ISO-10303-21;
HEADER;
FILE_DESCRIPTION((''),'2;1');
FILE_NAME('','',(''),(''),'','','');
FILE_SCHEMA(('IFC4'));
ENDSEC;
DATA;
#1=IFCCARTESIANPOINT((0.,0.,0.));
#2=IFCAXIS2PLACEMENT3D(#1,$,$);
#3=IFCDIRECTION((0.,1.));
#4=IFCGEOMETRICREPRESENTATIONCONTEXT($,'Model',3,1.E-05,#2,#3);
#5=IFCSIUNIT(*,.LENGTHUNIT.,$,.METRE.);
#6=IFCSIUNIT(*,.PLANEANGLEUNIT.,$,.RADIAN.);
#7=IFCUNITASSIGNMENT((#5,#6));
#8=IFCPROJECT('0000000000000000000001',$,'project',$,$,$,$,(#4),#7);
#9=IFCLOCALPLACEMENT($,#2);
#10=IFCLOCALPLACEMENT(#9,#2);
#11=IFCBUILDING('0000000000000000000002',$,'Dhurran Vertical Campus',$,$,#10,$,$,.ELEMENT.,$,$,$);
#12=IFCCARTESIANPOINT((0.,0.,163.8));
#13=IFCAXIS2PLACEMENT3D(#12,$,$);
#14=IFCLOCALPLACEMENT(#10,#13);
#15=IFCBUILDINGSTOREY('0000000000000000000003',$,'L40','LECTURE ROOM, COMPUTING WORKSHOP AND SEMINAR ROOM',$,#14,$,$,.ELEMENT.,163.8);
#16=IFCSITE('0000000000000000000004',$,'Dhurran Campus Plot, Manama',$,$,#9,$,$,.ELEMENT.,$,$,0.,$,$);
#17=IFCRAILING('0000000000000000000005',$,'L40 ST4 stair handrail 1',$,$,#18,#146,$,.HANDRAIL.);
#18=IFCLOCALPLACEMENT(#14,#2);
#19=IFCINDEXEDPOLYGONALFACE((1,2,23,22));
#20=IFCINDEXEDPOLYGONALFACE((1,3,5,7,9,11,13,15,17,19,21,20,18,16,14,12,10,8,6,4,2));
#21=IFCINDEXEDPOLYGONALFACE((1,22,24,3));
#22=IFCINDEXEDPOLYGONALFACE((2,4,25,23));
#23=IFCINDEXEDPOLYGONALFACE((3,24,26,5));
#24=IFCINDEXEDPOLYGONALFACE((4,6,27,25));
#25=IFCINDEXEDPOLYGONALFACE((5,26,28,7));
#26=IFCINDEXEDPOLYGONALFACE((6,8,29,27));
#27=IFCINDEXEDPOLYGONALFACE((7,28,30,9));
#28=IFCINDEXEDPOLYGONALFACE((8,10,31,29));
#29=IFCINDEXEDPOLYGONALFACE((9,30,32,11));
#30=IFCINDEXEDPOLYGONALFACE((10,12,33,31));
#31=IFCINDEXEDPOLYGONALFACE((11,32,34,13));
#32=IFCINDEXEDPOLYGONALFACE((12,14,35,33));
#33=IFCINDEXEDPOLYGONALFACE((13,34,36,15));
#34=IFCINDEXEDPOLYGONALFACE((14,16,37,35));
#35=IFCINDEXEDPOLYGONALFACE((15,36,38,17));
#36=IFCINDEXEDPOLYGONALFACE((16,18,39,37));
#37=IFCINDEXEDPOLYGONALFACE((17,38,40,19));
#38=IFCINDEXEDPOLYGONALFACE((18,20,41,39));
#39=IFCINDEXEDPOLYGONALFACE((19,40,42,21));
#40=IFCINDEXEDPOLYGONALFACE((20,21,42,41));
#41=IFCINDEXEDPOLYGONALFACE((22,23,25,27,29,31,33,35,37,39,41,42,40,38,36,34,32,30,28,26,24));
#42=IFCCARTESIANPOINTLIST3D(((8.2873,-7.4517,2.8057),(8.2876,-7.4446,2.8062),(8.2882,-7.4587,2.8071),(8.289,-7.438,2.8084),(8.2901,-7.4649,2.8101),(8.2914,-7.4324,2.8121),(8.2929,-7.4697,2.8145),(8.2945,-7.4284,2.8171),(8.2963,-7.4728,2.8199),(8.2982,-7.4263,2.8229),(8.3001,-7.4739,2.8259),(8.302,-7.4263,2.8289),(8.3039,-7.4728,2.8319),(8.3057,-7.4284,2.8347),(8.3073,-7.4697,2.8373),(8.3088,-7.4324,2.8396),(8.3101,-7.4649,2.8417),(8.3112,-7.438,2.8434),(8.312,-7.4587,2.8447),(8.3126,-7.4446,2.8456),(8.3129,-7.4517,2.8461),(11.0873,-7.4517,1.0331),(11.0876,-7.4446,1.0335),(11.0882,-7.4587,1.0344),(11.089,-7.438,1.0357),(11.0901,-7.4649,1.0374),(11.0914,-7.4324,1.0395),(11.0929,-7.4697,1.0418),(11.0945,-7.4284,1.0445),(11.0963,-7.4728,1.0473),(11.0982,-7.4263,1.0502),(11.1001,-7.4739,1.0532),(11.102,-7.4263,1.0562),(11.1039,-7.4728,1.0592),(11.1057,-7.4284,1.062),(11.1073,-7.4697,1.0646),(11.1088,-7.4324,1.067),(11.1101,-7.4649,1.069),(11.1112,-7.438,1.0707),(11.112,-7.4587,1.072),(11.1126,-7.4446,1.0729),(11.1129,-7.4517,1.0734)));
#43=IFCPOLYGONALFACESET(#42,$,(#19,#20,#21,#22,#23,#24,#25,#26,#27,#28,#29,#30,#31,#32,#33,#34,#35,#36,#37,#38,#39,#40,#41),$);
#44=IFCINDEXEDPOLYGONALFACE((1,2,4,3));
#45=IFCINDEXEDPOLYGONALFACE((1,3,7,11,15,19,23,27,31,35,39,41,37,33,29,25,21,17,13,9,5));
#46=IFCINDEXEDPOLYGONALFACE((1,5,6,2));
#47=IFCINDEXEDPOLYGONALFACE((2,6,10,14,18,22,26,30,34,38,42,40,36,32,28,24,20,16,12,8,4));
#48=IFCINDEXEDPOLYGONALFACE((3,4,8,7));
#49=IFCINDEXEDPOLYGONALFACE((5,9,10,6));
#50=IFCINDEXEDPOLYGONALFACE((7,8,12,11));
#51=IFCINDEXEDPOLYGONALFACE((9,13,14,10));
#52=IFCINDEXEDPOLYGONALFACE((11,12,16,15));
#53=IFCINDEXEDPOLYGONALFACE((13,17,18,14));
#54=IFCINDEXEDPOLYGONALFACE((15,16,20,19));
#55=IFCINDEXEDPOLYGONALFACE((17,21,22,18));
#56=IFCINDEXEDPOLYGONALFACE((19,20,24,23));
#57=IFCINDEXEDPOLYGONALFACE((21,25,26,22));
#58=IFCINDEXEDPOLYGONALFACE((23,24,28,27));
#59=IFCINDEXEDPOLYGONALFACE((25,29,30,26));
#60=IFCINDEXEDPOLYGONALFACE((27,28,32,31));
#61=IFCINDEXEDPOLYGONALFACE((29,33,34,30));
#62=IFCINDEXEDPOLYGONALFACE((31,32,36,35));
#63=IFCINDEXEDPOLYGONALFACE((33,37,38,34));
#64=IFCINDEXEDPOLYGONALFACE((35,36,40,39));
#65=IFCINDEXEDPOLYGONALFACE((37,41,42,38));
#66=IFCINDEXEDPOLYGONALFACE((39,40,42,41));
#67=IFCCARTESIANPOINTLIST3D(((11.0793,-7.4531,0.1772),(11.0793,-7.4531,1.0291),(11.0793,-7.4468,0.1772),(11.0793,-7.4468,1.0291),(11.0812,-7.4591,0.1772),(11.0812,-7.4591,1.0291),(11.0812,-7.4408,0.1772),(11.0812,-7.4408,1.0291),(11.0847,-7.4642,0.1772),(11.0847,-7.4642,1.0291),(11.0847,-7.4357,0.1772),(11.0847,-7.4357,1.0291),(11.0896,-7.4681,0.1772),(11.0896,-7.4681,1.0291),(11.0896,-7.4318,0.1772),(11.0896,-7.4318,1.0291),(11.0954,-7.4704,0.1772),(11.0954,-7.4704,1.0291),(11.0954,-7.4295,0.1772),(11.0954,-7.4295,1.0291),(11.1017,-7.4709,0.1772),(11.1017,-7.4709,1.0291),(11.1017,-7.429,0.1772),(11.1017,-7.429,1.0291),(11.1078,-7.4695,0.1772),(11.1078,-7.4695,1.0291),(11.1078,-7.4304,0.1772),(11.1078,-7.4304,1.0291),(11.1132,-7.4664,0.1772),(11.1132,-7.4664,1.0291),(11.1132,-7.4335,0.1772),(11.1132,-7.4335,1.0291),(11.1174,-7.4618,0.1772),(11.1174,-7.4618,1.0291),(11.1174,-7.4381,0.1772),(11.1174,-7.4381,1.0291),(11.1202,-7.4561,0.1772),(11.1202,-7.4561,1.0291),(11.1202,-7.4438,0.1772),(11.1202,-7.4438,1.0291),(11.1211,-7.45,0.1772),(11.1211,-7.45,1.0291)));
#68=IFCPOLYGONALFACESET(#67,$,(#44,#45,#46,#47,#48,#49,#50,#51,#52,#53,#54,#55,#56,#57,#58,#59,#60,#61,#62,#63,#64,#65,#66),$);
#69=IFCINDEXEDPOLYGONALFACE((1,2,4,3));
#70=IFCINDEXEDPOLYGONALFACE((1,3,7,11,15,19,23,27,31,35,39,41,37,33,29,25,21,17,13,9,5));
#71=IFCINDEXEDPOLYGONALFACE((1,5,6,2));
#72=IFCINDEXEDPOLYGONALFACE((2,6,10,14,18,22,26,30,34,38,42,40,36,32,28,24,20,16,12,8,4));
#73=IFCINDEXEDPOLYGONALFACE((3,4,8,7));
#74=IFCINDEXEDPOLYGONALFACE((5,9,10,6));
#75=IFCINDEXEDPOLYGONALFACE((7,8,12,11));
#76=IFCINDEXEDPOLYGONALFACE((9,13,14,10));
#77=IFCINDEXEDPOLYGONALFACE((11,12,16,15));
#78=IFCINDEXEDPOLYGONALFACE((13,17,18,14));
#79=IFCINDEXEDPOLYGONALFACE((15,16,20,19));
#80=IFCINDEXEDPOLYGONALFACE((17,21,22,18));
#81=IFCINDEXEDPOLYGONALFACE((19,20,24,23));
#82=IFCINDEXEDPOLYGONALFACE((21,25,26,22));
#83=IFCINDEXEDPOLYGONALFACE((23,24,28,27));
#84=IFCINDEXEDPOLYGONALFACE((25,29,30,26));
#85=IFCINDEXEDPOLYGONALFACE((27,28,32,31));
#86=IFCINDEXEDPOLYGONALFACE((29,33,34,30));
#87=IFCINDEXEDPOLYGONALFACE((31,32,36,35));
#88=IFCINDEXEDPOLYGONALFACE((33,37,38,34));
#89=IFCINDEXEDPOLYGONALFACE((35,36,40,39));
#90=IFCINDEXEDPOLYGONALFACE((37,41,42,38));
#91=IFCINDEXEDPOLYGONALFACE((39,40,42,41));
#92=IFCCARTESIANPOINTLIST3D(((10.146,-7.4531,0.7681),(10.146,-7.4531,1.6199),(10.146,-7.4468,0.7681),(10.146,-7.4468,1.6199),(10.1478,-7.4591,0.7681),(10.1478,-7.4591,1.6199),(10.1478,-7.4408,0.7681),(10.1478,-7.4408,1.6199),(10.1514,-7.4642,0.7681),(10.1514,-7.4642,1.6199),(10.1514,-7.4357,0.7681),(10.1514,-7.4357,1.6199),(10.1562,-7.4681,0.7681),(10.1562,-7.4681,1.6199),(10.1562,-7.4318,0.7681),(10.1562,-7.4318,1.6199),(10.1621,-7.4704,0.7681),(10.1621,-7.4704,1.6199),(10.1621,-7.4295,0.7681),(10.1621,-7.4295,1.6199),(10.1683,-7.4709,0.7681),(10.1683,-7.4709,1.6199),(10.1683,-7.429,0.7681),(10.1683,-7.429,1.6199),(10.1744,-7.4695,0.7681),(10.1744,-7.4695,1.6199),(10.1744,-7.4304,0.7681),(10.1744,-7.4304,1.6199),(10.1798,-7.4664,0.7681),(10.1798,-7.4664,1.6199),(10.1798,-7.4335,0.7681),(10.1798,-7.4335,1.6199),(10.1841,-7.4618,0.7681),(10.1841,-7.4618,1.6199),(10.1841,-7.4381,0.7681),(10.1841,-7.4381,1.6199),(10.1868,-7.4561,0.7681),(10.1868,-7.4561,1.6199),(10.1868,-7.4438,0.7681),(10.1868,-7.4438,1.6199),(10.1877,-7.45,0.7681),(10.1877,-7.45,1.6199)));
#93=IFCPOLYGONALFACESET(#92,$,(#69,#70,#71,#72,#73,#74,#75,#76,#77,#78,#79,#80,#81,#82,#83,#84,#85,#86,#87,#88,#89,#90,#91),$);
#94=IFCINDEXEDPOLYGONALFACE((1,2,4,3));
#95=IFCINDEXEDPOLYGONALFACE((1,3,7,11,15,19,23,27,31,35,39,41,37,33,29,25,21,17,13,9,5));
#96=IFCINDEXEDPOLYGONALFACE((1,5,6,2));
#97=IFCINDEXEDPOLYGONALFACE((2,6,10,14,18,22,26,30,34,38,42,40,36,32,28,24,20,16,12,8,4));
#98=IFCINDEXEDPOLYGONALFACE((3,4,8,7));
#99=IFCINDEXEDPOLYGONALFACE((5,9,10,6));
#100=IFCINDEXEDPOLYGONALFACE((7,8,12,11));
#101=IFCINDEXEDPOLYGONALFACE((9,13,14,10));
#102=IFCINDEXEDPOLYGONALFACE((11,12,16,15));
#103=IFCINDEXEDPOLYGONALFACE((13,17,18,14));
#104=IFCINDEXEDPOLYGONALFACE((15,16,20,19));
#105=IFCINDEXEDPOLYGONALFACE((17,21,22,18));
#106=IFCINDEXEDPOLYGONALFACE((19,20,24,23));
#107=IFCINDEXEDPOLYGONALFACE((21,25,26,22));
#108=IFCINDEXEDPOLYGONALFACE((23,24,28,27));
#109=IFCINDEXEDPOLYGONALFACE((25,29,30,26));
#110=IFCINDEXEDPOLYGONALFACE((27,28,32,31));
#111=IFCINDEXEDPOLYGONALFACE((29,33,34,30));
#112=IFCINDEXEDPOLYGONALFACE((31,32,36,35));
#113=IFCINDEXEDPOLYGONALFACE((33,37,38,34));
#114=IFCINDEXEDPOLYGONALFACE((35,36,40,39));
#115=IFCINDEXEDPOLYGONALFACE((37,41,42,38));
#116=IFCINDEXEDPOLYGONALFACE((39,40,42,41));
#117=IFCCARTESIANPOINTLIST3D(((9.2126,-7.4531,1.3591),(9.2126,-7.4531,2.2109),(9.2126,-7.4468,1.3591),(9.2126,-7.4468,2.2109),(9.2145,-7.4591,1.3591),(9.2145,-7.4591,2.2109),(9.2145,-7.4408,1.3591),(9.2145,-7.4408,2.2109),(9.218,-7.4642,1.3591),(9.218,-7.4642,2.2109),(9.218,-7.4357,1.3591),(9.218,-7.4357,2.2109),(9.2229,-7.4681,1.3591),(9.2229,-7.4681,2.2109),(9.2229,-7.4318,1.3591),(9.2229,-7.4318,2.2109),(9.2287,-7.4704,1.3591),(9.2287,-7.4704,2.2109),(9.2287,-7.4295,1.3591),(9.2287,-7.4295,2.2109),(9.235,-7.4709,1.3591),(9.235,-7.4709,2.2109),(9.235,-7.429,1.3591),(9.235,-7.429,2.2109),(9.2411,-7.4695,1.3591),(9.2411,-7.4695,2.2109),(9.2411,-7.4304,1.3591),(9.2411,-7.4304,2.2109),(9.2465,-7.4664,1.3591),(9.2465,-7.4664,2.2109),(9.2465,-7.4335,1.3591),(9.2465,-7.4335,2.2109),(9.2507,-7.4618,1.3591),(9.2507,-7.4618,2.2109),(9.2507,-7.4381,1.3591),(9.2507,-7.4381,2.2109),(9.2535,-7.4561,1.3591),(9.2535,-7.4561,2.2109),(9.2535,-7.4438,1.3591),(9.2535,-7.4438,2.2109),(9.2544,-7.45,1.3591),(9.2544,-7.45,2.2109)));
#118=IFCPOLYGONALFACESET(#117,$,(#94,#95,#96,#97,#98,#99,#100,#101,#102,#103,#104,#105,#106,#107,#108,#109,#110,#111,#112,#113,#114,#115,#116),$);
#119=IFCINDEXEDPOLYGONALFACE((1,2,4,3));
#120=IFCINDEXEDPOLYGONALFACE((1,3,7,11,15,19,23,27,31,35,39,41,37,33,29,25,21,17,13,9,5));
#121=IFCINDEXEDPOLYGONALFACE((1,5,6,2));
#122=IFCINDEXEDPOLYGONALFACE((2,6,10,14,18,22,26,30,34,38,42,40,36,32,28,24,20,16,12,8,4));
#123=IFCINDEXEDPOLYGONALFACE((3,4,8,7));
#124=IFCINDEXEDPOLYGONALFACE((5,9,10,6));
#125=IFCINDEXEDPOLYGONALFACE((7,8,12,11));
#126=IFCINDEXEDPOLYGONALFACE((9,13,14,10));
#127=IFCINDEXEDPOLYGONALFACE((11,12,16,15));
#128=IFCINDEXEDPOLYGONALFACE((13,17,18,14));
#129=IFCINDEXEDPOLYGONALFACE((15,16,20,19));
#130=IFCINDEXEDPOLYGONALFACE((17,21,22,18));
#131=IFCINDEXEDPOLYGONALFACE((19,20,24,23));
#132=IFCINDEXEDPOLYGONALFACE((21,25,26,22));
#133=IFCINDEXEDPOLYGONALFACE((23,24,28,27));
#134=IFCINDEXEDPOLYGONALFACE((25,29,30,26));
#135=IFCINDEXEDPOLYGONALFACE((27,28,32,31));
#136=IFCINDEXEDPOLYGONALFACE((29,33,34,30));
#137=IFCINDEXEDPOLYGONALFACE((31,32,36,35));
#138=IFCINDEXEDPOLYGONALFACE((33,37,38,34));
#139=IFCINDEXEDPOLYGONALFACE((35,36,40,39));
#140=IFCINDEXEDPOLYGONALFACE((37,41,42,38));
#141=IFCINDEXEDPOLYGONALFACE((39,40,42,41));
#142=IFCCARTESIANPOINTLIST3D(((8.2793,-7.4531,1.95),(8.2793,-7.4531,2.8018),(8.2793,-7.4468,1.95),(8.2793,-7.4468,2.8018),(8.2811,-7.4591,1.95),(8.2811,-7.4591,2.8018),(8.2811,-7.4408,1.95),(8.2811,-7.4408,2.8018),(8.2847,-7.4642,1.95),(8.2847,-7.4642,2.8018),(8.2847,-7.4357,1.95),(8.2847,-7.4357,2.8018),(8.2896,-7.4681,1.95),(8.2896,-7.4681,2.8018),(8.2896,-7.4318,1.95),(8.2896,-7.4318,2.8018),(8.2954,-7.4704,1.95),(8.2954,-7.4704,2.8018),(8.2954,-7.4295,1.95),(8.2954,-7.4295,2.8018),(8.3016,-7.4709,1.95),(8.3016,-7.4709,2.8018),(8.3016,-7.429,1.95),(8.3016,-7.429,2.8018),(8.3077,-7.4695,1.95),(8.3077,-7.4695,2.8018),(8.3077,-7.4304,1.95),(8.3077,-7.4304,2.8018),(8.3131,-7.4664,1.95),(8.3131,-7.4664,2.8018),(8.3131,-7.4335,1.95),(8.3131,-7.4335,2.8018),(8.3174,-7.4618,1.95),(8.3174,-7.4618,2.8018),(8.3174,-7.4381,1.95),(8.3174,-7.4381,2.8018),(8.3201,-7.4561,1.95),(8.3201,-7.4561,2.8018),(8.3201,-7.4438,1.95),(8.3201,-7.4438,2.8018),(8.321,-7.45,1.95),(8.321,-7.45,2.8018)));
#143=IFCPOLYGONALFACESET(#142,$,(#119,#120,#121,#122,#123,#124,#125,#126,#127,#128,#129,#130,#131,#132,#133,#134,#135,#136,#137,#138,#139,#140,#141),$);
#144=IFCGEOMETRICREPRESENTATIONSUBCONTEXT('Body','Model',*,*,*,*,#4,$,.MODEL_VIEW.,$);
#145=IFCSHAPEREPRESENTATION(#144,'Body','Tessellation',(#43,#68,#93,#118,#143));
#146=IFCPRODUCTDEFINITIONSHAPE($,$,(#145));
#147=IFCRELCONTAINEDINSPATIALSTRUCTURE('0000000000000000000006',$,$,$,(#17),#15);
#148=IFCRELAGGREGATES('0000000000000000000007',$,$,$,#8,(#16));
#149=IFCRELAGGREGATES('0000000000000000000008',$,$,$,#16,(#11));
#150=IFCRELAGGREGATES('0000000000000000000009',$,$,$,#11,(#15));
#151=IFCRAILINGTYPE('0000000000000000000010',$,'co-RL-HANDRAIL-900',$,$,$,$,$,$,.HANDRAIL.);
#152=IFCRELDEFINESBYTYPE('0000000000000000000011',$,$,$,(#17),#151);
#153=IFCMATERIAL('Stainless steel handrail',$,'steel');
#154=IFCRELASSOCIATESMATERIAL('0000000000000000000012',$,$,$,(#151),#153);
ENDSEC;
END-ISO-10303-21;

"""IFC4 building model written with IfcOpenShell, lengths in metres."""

from ifc_helpers import new_model, si_unit, direction, frame, origin, origin_2d, place, context, subcontext, project, spatial, circle, extrude, material, type_object, element, save


model = new_model("IFC4")

# Units and contexts
model_context = context("Model", 3, precision=1e-05, world=origin(), true_north=direction((0.0, 1.0)))
body_context = subcontext(model_context, "Body", "Model", "MODEL_VIEW")
ifc_project = project(units=[si_unit("LENGTHUNIT", "METRE"), si_unit("PLANEANGLEUNIT", "RADIAN")], contexts=[model_context])

# Site, building, storey
site_placement = place(None, origin())
site = spatial("IfcSite", under=ifc_project, at=site_placement, Name="Dhurran Campus Plot, Manama", CompositionType="ELEMENT", RefElevation=0.0)
building_placement = place(site_placement, origin())
building = spatial("IfcBuilding", under=site, at=building_placement, Name="Dhurran Vertical Campus", CompositionType="ELEMENT")
storey_placement = place(building_placement, frame((0.0, 0.0, 163.8)))
storey = spatial("IfcBuildingStorey", under=building, at=storey_placement, Name="L40", Description="LECTURE ROOM, COMPUTING WORKSHOP AND SEMINAR ROOM", CompositionType="ELEMENT", Elevation=163.8)

# Railing
ifc_material_1 = material(Name="Stainless steel handrail", Category="steel")
railing_type_1 = type_object("IfcRailingType", Name="co-RL-HANDRAIL-900", PredefinedType="HANDRAIL", material=ifc_material_1)
railing_1_placement = place(storey_placement, frame((11.1001, -7.45, 0.1772)))
element("IfcRailing", 1, at=railing_1_placement, inside=storey, type_object=railing_type_1, Name="L40 ST4 stair handrail 1", PredefinedType="HANDRAIL", context=body_context, shape_type="SweptSolid", body=[
    extrude(circle(Radius=0.0239, at=origin_2d()), frame((0.0, 0.0, 0.876), z_axis=(-0.844909, 0.0, 0.53491), x_axis=(0.0, -1.0, 0.0)), (0.0, 0.0, 1.0), 3.314),
    extrude(circle(Radius=0.021, at=origin_2d()), origin(), (0.0, 0.0, 1.0), 0.8518),
    extrude(circle(Radius=0.021, at=origin_2d()), frame((-0.9333, 0.0, 0.5908)), (0.0, 0.0, 1.0), 0.8518),
    extrude(circle(Radius=0.021, at=origin_2d()), frame((-1.8667, 0.0, 1.1819)), (0.0, 0.0, 1.0), 0.8518),
    extrude(circle(Radius=0.021, at=origin_2d()), frame((-2.8, 0.0, 1.7727)), (0.0, 0.0, 1.0), 0.8518),
])

save(model, "model.ifc")
